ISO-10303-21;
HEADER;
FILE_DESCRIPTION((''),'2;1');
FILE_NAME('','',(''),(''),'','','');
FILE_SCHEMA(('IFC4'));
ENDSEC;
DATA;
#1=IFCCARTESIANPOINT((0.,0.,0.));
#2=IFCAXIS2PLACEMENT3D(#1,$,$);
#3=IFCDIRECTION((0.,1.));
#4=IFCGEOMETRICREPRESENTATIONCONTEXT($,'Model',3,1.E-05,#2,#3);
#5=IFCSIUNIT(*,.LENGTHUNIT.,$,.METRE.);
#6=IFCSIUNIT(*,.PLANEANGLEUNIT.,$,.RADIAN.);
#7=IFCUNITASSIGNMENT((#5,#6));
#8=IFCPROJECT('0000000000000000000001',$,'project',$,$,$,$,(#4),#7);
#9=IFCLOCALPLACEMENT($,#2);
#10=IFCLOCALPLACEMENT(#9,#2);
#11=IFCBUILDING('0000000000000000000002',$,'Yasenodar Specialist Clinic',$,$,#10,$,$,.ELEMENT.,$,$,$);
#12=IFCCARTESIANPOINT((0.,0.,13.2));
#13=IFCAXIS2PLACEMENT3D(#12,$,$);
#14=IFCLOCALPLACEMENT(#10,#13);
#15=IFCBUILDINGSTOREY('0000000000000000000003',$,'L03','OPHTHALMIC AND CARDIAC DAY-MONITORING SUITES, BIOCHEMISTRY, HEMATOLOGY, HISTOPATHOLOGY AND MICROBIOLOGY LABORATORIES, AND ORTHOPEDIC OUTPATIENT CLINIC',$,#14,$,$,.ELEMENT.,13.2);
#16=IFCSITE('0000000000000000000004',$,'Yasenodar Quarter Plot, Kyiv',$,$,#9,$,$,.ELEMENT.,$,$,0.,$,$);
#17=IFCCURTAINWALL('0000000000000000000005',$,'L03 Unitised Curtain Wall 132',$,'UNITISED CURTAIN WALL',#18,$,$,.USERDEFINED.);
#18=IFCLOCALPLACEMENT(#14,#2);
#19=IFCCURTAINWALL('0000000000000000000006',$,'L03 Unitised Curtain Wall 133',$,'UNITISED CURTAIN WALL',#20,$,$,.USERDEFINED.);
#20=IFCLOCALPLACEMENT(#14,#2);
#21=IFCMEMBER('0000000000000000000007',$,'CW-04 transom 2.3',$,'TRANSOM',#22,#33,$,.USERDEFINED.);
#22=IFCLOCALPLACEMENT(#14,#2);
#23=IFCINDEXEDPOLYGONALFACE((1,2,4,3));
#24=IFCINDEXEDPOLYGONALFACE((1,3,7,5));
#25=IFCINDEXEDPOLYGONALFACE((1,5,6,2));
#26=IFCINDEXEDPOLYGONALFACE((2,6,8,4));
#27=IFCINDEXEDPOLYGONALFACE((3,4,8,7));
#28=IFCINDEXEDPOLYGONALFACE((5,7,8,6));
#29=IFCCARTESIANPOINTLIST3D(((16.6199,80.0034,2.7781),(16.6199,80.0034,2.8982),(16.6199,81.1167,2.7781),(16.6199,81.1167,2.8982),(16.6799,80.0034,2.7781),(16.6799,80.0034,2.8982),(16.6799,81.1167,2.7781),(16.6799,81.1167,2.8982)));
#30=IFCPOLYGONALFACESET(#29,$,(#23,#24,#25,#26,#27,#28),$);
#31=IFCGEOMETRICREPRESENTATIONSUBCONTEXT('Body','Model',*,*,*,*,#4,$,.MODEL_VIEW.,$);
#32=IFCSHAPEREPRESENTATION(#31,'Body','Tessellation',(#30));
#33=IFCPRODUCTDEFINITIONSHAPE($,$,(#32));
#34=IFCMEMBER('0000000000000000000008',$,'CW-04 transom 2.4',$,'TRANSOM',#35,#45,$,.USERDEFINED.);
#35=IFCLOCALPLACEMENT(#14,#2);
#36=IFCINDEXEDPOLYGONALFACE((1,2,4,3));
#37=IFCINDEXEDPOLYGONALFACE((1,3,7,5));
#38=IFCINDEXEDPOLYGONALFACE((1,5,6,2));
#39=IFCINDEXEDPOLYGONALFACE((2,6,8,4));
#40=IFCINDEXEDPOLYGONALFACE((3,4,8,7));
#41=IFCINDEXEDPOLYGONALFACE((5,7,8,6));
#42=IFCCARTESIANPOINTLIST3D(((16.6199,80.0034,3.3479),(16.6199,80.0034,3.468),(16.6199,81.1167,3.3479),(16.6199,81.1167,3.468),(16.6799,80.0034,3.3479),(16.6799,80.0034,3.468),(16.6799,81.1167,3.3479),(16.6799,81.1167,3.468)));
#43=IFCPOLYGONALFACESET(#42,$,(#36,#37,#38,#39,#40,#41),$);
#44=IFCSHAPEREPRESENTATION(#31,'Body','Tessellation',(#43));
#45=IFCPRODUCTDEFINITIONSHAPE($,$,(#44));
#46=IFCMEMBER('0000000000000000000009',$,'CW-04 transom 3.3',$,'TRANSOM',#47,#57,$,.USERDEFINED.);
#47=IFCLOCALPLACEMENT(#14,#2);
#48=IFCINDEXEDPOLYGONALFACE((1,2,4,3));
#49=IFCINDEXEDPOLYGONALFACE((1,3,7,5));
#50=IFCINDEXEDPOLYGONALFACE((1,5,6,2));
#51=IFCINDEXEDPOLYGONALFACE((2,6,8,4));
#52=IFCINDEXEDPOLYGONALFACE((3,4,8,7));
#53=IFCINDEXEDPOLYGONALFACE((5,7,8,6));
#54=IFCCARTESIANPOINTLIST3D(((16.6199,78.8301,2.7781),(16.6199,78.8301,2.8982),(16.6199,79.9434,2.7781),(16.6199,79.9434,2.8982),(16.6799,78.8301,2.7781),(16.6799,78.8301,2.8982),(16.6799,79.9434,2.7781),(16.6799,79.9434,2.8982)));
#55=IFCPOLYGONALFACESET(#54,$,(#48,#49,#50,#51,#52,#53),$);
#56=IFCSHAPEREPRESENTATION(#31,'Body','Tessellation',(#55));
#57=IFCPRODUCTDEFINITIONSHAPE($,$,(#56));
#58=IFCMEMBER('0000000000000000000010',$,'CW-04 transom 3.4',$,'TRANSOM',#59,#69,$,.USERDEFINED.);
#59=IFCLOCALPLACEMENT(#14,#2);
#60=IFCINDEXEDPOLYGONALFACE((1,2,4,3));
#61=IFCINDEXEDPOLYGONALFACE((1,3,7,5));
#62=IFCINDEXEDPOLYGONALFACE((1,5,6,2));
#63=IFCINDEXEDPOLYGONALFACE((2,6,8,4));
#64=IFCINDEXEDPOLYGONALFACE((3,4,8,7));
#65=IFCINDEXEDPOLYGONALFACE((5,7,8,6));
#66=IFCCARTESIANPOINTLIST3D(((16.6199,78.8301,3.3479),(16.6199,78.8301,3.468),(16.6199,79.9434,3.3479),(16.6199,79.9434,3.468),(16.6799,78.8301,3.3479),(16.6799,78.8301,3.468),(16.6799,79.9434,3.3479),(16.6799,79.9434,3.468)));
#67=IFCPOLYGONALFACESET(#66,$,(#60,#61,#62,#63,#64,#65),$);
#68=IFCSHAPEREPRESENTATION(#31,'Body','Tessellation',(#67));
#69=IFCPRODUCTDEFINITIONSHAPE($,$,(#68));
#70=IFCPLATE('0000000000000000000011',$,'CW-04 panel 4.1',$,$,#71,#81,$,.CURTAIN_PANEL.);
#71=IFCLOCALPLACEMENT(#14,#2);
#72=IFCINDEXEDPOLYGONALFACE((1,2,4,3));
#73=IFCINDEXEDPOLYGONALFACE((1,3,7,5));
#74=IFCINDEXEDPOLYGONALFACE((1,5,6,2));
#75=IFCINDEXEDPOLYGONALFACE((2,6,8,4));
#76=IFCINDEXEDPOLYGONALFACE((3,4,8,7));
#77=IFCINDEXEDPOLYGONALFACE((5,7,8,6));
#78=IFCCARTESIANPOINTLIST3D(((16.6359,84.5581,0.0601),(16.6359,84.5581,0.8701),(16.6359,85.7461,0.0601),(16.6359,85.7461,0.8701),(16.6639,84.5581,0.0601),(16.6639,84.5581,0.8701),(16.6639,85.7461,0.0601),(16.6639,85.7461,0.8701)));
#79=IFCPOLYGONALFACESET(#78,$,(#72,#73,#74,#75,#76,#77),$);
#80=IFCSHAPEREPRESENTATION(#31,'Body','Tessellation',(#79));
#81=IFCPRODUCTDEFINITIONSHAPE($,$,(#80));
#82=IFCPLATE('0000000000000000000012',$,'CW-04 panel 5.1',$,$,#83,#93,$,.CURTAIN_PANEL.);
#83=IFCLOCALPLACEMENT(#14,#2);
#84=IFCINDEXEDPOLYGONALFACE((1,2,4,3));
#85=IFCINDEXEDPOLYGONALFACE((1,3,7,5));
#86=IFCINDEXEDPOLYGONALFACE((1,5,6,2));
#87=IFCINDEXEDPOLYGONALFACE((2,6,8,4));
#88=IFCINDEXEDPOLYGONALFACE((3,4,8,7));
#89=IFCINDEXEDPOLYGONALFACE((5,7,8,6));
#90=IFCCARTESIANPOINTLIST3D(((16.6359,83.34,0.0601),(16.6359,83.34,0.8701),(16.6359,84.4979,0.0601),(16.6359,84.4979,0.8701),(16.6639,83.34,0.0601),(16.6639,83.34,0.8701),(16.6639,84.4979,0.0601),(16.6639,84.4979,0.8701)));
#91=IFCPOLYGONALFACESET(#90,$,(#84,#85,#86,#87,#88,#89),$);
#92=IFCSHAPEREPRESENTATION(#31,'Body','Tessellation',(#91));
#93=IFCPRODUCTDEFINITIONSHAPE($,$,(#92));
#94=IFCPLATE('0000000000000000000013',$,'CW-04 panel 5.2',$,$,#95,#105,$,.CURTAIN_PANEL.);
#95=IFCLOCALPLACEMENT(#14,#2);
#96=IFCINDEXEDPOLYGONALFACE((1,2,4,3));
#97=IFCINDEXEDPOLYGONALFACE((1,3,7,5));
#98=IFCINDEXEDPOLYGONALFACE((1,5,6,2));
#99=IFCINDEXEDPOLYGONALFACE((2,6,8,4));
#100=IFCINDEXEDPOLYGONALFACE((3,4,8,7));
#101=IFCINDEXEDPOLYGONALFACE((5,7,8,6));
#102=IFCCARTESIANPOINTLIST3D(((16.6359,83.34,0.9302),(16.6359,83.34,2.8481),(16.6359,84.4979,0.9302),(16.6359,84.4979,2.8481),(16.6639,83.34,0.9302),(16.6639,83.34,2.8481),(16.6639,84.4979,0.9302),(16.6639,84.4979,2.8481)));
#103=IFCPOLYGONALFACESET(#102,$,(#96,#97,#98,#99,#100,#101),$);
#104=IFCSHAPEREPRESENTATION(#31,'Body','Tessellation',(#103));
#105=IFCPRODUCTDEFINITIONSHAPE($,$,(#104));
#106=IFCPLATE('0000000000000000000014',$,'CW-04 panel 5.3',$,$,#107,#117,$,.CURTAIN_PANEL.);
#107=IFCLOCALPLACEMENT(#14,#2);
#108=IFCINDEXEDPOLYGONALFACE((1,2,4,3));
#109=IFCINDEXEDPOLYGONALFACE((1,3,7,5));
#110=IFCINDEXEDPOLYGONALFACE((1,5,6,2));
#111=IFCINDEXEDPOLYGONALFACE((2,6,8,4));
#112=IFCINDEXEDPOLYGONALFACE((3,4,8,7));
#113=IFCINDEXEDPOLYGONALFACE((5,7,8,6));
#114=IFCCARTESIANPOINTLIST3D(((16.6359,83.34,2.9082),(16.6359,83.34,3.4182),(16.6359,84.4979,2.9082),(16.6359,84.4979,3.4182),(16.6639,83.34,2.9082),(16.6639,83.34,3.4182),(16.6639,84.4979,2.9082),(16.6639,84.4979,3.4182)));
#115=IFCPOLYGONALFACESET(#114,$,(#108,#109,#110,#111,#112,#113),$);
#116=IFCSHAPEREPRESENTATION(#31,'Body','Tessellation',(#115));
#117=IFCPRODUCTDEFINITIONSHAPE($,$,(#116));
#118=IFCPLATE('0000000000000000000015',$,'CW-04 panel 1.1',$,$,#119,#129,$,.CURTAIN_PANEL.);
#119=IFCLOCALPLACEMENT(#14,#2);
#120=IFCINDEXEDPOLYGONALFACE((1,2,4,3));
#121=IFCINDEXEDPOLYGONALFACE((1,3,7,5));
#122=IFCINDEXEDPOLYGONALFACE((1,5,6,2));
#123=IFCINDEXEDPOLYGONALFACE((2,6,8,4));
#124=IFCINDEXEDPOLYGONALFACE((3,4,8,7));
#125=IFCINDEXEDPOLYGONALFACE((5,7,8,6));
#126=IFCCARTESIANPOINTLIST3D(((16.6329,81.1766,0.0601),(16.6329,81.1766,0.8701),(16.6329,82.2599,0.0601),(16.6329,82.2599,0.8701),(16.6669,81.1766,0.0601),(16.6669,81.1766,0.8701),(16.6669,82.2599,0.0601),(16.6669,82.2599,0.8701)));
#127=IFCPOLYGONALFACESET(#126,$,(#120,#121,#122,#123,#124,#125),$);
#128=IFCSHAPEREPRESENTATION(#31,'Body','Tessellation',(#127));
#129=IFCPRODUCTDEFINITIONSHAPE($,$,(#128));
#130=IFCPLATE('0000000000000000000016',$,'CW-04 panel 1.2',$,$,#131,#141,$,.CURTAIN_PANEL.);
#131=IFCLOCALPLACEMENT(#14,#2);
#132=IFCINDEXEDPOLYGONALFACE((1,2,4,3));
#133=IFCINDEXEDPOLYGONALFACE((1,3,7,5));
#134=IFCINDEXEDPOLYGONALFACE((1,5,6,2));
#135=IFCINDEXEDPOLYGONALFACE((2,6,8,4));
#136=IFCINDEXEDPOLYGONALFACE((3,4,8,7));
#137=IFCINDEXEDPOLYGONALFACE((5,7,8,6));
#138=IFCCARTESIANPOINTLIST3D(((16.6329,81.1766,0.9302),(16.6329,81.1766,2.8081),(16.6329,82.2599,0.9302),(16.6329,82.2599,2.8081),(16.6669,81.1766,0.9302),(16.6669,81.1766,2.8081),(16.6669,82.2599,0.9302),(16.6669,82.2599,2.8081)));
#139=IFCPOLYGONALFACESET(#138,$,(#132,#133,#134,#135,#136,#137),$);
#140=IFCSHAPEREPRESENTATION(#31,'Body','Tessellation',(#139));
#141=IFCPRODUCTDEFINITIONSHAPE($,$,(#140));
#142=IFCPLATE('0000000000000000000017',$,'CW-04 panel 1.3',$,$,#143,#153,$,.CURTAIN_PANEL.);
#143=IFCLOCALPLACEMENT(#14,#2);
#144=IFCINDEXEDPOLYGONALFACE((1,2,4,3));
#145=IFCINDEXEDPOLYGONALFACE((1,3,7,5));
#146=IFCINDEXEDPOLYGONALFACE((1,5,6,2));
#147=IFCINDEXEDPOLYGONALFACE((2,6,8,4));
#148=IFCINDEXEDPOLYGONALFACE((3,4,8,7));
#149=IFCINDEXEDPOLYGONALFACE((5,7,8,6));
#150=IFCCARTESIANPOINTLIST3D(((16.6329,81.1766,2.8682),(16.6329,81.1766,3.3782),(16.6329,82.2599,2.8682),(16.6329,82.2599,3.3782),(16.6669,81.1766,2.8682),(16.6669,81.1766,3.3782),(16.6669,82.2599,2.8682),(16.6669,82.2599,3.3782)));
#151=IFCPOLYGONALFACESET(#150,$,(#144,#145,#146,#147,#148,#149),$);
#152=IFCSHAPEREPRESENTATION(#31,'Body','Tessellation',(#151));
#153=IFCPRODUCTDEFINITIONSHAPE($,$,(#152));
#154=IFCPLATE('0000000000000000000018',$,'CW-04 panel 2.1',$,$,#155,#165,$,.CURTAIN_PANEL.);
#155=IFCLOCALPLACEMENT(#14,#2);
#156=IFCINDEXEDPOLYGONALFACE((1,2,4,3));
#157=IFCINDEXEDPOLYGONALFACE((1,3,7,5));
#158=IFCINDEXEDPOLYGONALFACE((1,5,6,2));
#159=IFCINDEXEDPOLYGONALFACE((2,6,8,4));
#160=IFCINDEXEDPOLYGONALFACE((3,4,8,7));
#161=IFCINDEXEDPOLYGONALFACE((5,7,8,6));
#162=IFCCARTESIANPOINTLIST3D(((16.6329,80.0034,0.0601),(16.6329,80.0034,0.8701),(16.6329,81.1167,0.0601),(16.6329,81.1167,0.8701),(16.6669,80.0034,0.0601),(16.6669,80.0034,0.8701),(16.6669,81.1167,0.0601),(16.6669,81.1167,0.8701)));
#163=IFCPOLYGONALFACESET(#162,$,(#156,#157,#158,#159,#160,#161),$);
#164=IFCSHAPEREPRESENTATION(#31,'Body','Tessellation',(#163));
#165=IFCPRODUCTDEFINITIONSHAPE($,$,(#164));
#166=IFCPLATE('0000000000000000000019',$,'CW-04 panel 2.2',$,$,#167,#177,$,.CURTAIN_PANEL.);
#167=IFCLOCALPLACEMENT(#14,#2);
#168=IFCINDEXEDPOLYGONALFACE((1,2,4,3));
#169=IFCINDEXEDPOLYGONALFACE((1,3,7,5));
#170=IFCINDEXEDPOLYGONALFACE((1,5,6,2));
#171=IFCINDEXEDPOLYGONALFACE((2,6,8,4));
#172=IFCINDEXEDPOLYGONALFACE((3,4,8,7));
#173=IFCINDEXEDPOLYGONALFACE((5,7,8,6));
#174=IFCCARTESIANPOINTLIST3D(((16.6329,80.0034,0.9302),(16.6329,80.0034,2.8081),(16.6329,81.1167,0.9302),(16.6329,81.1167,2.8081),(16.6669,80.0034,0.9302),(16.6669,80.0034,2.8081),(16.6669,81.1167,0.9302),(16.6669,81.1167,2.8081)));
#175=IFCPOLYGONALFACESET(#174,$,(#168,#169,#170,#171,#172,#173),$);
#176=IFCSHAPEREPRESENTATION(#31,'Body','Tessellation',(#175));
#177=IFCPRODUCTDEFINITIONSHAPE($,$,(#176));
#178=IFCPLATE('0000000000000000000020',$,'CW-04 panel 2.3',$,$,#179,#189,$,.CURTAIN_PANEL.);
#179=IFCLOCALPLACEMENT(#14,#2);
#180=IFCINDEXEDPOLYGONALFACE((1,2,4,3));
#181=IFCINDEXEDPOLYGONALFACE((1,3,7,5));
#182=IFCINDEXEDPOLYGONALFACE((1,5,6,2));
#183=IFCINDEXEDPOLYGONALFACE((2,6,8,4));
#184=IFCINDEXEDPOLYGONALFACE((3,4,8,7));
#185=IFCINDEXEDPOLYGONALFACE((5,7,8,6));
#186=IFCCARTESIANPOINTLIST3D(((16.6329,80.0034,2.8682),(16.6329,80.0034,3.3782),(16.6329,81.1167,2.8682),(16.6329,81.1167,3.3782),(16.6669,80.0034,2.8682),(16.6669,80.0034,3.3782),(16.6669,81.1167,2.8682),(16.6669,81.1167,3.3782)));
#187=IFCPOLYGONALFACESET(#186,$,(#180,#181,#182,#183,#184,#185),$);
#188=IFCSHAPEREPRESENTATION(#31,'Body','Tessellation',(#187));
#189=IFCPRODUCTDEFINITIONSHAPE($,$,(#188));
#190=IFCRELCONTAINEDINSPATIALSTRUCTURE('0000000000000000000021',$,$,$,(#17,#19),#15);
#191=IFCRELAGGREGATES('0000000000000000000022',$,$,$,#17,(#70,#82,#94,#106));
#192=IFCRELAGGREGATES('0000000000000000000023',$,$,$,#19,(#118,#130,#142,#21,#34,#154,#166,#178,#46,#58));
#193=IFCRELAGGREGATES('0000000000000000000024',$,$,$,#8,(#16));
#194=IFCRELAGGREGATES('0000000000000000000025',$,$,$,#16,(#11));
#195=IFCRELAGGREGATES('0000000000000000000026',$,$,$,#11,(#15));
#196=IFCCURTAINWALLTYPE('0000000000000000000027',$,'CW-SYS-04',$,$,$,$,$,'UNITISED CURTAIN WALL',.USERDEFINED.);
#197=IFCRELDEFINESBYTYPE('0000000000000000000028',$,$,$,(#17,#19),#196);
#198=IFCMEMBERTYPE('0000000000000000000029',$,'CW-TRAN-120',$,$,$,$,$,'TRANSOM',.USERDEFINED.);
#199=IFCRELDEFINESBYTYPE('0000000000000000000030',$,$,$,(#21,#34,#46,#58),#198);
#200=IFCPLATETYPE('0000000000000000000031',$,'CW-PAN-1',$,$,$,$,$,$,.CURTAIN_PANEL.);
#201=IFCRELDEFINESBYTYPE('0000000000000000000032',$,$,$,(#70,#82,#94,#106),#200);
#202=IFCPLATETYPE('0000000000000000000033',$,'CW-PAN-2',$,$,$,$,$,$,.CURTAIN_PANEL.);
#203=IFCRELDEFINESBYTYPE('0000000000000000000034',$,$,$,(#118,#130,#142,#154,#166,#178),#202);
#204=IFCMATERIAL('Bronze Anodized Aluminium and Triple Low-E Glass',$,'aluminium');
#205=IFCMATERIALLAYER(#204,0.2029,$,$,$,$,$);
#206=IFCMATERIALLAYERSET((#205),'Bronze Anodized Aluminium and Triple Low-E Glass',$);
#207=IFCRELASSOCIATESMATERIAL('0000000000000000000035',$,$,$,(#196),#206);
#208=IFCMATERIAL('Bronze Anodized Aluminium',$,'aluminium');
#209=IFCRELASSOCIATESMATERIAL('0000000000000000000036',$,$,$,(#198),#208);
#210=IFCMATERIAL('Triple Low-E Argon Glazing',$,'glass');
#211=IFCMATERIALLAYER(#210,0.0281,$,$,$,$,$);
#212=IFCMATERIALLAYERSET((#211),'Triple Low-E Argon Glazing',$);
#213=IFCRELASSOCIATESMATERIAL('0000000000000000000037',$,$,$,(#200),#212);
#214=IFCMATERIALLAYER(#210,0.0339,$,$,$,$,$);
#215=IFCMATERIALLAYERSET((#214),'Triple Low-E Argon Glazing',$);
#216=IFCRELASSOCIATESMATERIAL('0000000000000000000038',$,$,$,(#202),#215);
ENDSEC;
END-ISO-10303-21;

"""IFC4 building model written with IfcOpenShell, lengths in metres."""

from ifc_helpers import new_model, si_unit, direction, frame, origin, origin_2d, place, context, subcontext, project, spatial, rectangle, extrude, material, layer, layer_set, material_profile, profile_set, type_object, element, aggregate, save


model = new_model("IFC4")

# Units and contexts
model_context = context("Model", 3, precision=1e-05, world=origin(), true_north=direction((0.0, 1.0)))
body_context = subcontext(model_context, "Body", "Model", "MODEL_VIEW")
ifc_project = project(units=[si_unit("LENGTHUNIT", "METRE"), si_unit("PLANEANGLEUNIT", "RADIAN")], contexts=[model_context])

# Site, building, storey
site_placement = place(None, origin())
site = spatial("IfcSite", under=ifc_project, at=site_placement, Name="Yasenodar Quarter Plot, Kyiv", CompositionType="ELEMENT", RefElevation=0.0)
building_placement = place(site_placement, origin())
building = spatial("IfcBuilding", under=site, at=building_placement, Name="Yasenodar Specialist Clinic", CompositionType="ELEMENT")
storey_placement = place(building_placement, frame((0.0, 0.0, 13.2)))
storey = spatial("IfcBuildingStorey", under=building, at=storey_placement, Name="L03", Description="OPHTHALMIC AND CARDIAC DAY-MONITORING SUITES, BIOCHEMISTRY, HEMATOLOGY, HISTOPATHOLOGY AND MICROBIOLOGY LABORATORIES, AND ORTHOPEDIC OUTPATIENT CLINIC", CompositionType="ELEMENT", Elevation=13.2)

# Curtain walls
ifc_material_1 = material(Name="Bronze Anodized Aluminium and Triple Low-E Glass", Category="aluminium")
ifc_layer_1 = layer(ifc_material_1, 0.2029)
ifc_layer_set_1 = layer_set([ifc_layer_1], Name="Bronze Anodized Aluminium and Triple Low-E Glass")
curtain_wall_type = type_object("IfcCurtainWallType", Name="CW-SYS-04", ElementType="UNITISED CURTAIN WALL", PredefinedType="USERDEFINED", material=ifc_layer_set_1)
curtain_wall_1_placement = place(storey_placement, origin())
curtain_wall_1 = element("IfcCurtainWall", 1, at=curtain_wall_1_placement, inside=storey, type_object=curtain_wall_type, Name="L03 Unitised Curtain Wall 132", ObjectType="UNITISED CURTAIN WALL", PredefinedType="USERDEFINED")
ifc_material_2 = material(Name="Bronze Anodized Aluminium", Category="aluminium")
curtain_wall_2_placement = place(storey_placement, origin())
curtain_wall_2 = element("IfcCurtainWall", 2, at=curtain_wall_2_placement, inside=storey, type_object=curtain_wall_type, Name="L03 Unitised Curtain Wall 133", ObjectType="UNITISED CURTAIN WALL", PredefinedType="USERDEFINED")

# Members
ifc_material_profile_1 = material_profile(ifc_material_2, rectangle(XDim=0.0601, YDim=0.1201, at=origin_2d()), Name="CW-TRAN 60x120")
ifc_profile_set_1 = profile_set([ifc_material_profile_1], Name="Bronze Anodized Aluminium")
member_type_1 = type_object("IfcMemberType", Name="CW-TRAN-120", ElementType="TRANSOM", PredefinedType="USERDEFINED", material=ifc_profile_set_1)
member_1_placement = place(storey_placement, frame((16.6499, 81.1167, 2.8381), z_axis=(0.0, -1.0, 0.0), x_axis=(1.0, 0.0, 0.0)))
member_1 = element("IfcMember", 3, at=member_1_placement, type_object=member_type_1, Name="CW-04 transom 2.3", ObjectType="TRANSOM", PredefinedType="USERDEFINED", context=body_context, shape_type="SweptSolid", body=[
    extrude(rectangle(XDim=0.0601, YDim=0.1201, at=origin_2d()), origin(), (0.0, 0.0, 1.0), 1.1133),
])
member_2_placement = place(storey_placement, frame((16.6499, 81.1167, 3.408), z_axis=(0.0, -1.0, 0.0), x_axis=(1.0, 0.0, 0.0)))
member_2 = element("IfcMember", 4, at=member_2_placement, type_object=member_type_1, Name="CW-04 transom 2.4", ObjectType="TRANSOM", PredefinedType="USERDEFINED", context=body_context, shape_type="SweptSolid", body=[
    extrude(rectangle(XDim=0.0601, YDim=0.1201, at=origin_2d()), origin(), (0.0, 0.0, 1.0), 1.1133),
])
member_3_placement = place(storey_placement, frame((16.6499, 79.9434, 2.8381), z_axis=(0.0, -1.0, 0.0), x_axis=(1.0, 0.0, 0.0)))
member_3 = element("IfcMember", 5, at=member_3_placement, type_object=member_type_1, Name="CW-04 transom 3.3", ObjectType="TRANSOM", PredefinedType="USERDEFINED", context=body_context, shape_type="SweptSolid", body=[
    extrude(rectangle(XDim=0.0601, YDim=0.1201, at=origin_2d()), origin(), (0.0, 0.0, 1.0), 1.1133),
])
member_4_placement = place(storey_placement, frame((16.6499, 79.9434, 3.408), z_axis=(0.0, -1.0, 0.0), x_axis=(1.0, 0.0, 0.0)))
member_4 = element("IfcMember", 6, at=member_4_placement, type_object=member_type_1, Name="CW-04 transom 3.4", ObjectType="TRANSOM", PredefinedType="USERDEFINED", context=body_context, shape_type="SweptSolid", body=[
    extrude(rectangle(XDim=0.0601, YDim=0.1201, at=origin_2d()), origin(), (0.0, 0.0, 1.0), 1.1133),
])

# Plates
ifc_material_3 = material(Name="Triple Low-E Argon Glazing", Category="glass")
ifc_layer_2 = layer(ifc_material_3, 0.0281)
ifc_layer_set_2 = layer_set([ifc_layer_2], Name="Triple Low-E Argon Glazing")
plate_type_1 = type_object("IfcPlateType", Name="CW-PAN-1", PredefinedType="CURTAIN_PANEL", material=ifc_layer_set_2)
plate_1_placement = place(storey_placement, frame((16.6499, 85.1521, 0.0601), z_axis=(0.0, 0.0, 1.0), x_axis=(0.0, -1.0, 0.0)))
plate_1 = element("IfcPlate", 7, at=plate_1_placement, type_object=plate_type_1, Name="CW-04 panel 4.1", PredefinedType="CURTAIN_PANEL", context=body_context, shape_type="SweptSolid", body=[
    extrude(rectangle(XDim=1.188, YDim=0.0281, at=origin_2d()), origin(), (0.0, 0.0, 1.0), 0.8101),
])
plate_2_placement = place(storey_placement, frame((16.6499, 83.9189, 0.0601), z_axis=(0.0, 0.0, 1.0), x_axis=(0.0, -1.0, 0.0)))
plate_2 = element("IfcPlate", 8, at=plate_2_placement, type_object=plate_type_1, Name="CW-04 panel 5.1", PredefinedType="CURTAIN_PANEL", context=body_context, shape_type="SweptSolid", body=[
    extrude(rectangle(XDim=1.158, YDim=0.0281, at=origin_2d()), origin(), (0.0, 0.0, 1.0), 0.8101),
])
plate_3_placement = place(storey_placement, frame((16.6499, 83.9189, 0.9302), z_axis=(0.0, 0.0, 1.0), x_axis=(0.0, -1.0, 0.0)))
plate_3 = element("IfcPlate", 9, at=plate_3_placement, type_object=plate_type_1, Name="CW-04 panel 5.2", PredefinedType="CURTAIN_PANEL", context=body_context, shape_type="SweptSolid", body=[
    extrude(rectangle(XDim=1.158, YDim=0.0281, at=origin_2d()), origin(), (0.0, 0.0, 1.0), 1.918),
])
plate_4_placement = place(storey_placement, frame((16.6499, 83.9189, 2.9082), z_axis=(0.0, 0.0, 1.0), x_axis=(0.0, -1.0, 0.0)))
plate_4 = element("IfcPlate", 10, at=plate_4_placement, type_object=plate_type_1, Name="CW-04 panel 5.3", PredefinedType="CURTAIN_PANEL", context=body_context, shape_type="SweptSolid", body=[
    extrude(rectangle(XDim=1.158, YDim=0.0281, at=origin_2d()), origin(), (0.0, 0.0, 1.0), 0.51),
])
aggregate(curtain_wall_1, [plate_1, plate_2, plate_3, plate_4])
ifc_layer_3 = layer(ifc_material_3, 0.0339)
ifc_layer_set_3 = layer_set([ifc_layer_3], Name="Triple Low-E Argon Glazing")
plate_type_2 = type_object("IfcPlateType", Name="CW-PAN-2", PredefinedType="CURTAIN_PANEL", material=ifc_layer_set_3)
plate_5_placement = place(storey_placement, frame((16.6499, 81.7183, 0.0601), z_axis=(0.0, 0.0, 1.0), x_axis=(0.0, -1.0, 0.0)))
plate_5 = element("IfcPlate", 11, at=plate_5_placement, type_object=plate_type_2, Name="CW-04 panel 1.1", PredefinedType="CURTAIN_PANEL", context=body_context, shape_type="SweptSolid", body=[
    extrude(rectangle(XDim=1.0833, YDim=0.0339, at=origin_2d()), origin(), (0.0, 0.0, 1.0), 0.8101),
])
plate_6_placement = place(storey_placement, frame((16.6499, 81.7183, 0.9302), z_axis=(0.0, 0.0, 1.0), x_axis=(0.0, -1.0, 0.0)))
plate_6 = element("IfcPlate", 12, at=plate_6_placement, type_object=plate_type_2, Name="CW-04 panel 1.2", PredefinedType="CURTAIN_PANEL", context=body_context, shape_type="SweptSolid", body=[
    extrude(rectangle(XDim=1.0833, YDim=0.0339, at=origin_2d()), origin(), (0.0, 0.0, 1.0), 1.8779),
])
plate_7_placement = place(storey_placement, frame((16.6499, 81.7183, 2.8682), z_axis=(0.0, 0.0, 1.0), x_axis=(0.0, -1.0, 0.0)))
plate_7 = element("IfcPlate", 13, at=plate_7_placement, type_object=plate_type_2, Name="CW-04 panel 1.3", PredefinedType="CURTAIN_PANEL", context=body_context, shape_type="SweptSolid", body=[
    extrude(rectangle(XDim=1.0833, YDim=0.0339, at=origin_2d()), origin(), (0.0, 0.0, 1.0), 0.51),
])
plate_8_placement = place(storey_placement, frame((16.6499, 80.5601, 0.0601), z_axis=(0.0, 0.0, 1.0), x_axis=(0.0, -1.0, 0.0)))
plate_8 = element("IfcPlate", 14, at=plate_8_placement, type_object=plate_type_2, Name="CW-04 panel 2.1", PredefinedType="CURTAIN_PANEL", context=body_context, shape_type="SweptSolid", body=[
    extrude(rectangle(XDim=1.1133, YDim=0.0339, at=origin_2d()), origin(), (0.0, 0.0, 1.0), 0.8101),
])
plate_9_placement = place(storey_placement, frame((16.6499, 80.5601, 0.9302), z_axis=(0.0, 0.0, 1.0), x_axis=(0.0, -1.0, 0.0)))
plate_9 = element("IfcPlate", 15, at=plate_9_placement, type_object=plate_type_2, Name="CW-04 panel 2.2", PredefinedType="CURTAIN_PANEL", context=body_context, shape_type="SweptSolid", body=[
    extrude(rectangle(XDim=1.1133, YDim=0.0339, at=origin_2d()), origin(), (0.0, 0.0, 1.0), 1.8779),
])
plate_10_placement = place(storey_placement, frame((16.6499, 80.5601, 2.8682), z_axis=(0.0, 0.0, 1.0), x_axis=(0.0, -1.0, 0.0)))
plate_10 = element("IfcPlate", 16, at=plate_10_placement, type_object=plate_type_2, Name="CW-04 panel 2.3", PredefinedType="CURTAIN_PANEL", context=body_context, shape_type="SweptSolid", body=[
    extrude(rectangle(XDim=1.1133, YDim=0.0339, at=origin_2d()), origin(), (0.0, 0.0, 1.0), 0.51),
])
aggregate(curtain_wall_2, [plate_5, plate_6, plate_7, member_1, member_2, plate_8, plate_9, plate_10, member_3, member_4])

save(model, "model.ifc")
